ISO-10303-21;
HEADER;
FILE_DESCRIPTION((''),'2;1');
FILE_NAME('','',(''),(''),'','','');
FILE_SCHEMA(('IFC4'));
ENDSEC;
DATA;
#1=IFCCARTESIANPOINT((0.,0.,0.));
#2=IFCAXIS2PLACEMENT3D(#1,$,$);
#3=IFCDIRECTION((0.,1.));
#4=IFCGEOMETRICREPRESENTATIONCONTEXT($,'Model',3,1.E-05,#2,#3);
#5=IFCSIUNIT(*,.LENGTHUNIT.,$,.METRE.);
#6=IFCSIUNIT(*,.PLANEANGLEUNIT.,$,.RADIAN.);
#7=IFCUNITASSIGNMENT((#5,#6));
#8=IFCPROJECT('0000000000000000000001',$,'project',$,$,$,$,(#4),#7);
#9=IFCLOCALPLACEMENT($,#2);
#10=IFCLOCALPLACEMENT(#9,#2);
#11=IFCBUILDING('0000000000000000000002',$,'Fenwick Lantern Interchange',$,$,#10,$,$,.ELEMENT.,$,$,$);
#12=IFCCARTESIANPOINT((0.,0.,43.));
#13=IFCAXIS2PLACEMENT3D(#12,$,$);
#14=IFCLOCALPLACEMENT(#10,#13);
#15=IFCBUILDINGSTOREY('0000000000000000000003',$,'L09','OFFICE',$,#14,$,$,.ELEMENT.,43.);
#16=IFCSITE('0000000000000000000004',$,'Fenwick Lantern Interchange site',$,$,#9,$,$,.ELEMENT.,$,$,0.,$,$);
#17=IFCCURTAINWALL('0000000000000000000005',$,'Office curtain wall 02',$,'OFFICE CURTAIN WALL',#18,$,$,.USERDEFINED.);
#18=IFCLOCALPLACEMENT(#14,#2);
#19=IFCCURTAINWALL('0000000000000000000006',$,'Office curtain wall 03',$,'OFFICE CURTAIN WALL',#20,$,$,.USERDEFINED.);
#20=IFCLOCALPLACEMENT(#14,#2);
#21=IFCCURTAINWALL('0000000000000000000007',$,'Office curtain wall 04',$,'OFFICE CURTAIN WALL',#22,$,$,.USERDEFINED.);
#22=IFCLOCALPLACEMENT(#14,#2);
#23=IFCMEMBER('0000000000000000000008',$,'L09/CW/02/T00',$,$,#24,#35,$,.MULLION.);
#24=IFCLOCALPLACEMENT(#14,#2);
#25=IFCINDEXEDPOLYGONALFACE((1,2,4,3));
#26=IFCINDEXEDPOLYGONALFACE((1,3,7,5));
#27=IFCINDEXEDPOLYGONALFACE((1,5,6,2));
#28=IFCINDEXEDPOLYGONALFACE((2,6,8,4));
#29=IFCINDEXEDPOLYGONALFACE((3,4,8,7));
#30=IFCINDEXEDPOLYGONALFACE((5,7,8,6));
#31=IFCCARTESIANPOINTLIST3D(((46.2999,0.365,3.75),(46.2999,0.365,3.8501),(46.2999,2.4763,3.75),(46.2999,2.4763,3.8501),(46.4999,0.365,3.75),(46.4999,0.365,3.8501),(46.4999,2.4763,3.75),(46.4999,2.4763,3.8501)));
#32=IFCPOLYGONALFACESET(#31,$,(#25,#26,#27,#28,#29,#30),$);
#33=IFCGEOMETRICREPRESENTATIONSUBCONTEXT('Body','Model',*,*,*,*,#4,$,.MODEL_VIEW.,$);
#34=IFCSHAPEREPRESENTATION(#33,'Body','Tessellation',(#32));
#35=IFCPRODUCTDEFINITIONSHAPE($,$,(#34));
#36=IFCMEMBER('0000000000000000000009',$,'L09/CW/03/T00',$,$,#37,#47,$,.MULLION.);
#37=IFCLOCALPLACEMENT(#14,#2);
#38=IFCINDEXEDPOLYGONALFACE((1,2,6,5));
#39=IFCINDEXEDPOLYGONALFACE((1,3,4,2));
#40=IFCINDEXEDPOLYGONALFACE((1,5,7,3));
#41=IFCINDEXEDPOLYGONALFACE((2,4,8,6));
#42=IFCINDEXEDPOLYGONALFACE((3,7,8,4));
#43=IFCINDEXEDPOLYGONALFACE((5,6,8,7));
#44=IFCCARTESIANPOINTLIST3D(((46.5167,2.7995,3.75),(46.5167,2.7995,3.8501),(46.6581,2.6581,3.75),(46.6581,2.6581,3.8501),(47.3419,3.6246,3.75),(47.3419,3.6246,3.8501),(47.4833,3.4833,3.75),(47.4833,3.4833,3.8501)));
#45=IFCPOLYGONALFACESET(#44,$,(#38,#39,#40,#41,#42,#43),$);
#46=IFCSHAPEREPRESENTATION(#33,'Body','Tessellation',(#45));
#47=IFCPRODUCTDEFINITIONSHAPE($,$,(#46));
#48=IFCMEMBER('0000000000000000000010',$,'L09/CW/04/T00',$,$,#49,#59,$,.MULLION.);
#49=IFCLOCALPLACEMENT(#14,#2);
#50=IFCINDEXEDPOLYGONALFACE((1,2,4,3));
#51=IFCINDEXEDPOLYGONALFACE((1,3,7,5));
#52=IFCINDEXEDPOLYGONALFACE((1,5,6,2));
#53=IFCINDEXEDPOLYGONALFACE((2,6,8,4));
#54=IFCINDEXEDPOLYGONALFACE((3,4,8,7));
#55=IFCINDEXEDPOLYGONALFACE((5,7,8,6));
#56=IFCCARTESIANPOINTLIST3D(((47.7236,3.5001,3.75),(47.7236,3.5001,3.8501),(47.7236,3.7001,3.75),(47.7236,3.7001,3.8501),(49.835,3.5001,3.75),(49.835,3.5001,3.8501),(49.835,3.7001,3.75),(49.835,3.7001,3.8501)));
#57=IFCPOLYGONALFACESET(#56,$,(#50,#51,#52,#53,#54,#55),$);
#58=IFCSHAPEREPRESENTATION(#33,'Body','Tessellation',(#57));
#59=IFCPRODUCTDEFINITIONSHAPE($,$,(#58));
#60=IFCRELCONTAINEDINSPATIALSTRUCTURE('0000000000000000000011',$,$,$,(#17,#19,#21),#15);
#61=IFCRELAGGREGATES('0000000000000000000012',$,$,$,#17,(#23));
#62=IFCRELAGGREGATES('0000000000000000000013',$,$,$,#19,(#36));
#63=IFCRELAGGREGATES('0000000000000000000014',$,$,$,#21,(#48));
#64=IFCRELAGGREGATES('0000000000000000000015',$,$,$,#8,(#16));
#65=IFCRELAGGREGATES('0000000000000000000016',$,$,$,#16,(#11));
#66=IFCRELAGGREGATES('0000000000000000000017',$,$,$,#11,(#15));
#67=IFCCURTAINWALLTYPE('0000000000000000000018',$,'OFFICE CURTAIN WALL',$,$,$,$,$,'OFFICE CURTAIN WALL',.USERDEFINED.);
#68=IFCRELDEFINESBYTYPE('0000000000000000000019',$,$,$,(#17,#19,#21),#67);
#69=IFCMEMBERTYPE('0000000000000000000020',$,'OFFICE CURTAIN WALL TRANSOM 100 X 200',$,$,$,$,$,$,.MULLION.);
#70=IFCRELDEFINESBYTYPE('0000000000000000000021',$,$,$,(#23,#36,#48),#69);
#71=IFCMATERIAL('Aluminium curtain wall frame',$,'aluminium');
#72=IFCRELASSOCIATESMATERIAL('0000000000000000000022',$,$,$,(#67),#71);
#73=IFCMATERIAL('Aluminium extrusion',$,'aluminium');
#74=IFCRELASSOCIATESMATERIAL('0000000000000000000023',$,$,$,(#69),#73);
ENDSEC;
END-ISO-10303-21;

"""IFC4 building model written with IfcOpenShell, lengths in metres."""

from ifc_helpers import new_model, si_unit, direction, frame, origin, origin_2d, place, context, subcontext, project, spatial, rectangle, extrude, material, material_profile, profile_set, type_object, element, aggregate, save


model = new_model("IFC4")

# Units and contexts
model_context = context("Model", 3, precision=1e-05, world=origin(), true_north=direction((0.0, 1.0)))
body_context = subcontext(model_context, "Body", "Model", "MODEL_VIEW")
ifc_project = project(units=[si_unit("LENGTHUNIT", "METRE"), si_unit("PLANEANGLEUNIT", "RADIAN")], contexts=[model_context])

# Site, building, storey
site_placement = place(None, origin())
site = spatial("IfcSite", under=ifc_project, at=site_placement, Name="Fenwick Lantern Interchange site", CompositionType="ELEMENT", RefElevation=0.0)
building_placement = place(site_placement, origin())
building = spatial("IfcBuilding", under=site, at=building_placement, Name="Fenwick Lantern Interchange", CompositionType="ELEMENT")
storey_placement = place(building_placement, frame((0.0, 0.0, 43.0)))
storey = spatial("IfcBuildingStorey", under=building, at=storey_placement, Name="L09", Description="OFFICE", CompositionType="ELEMENT", Elevation=43.0)

# Curtain walls
ifc_material_1 = material(Name="Aluminium curtain wall frame", Category="aluminium")
curtain_wall_type = type_object("IfcCurtainWallType", Name="OFFICE CURTAIN WALL", ElementType="OFFICE CURTAIN WALL", PredefinedType="USERDEFINED", material=ifc_material_1)
ifc_material_2 = material(Name="Aluminium extrusion", Category="aluminium")
curtain_wall_1_placement = place(storey_placement, origin())
curtain_wall_1 = element("IfcCurtainWall", 1, at=curtain_wall_1_placement, inside=storey, type_object=curtain_wall_type, Name="Office curtain wall 02", ObjectType="OFFICE CURTAIN WALL", PredefinedType="USERDEFINED")
curtain_wall_2_placement = place(storey_placement, origin())
curtain_wall_2 = element("IfcCurtainWall", 2, at=curtain_wall_2_placement, inside=storey, type_object=curtain_wall_type, Name="Office curtain wall 03", ObjectType="OFFICE CURTAIN WALL", PredefinedType="USERDEFINED")
curtain_wall_3_placement = place(storey_placement, origin())
curtain_wall_3 = element("IfcCurtainWall", 3, at=curtain_wall_3_placement, inside=storey, type_object=curtain_wall_type, Name="Office curtain wall 04", ObjectType="OFFICE CURTAIN WALL", PredefinedType="USERDEFINED")

# Members
ifc_material_profile_1 = material_profile(ifc_material_2, rectangle(XDim=0.2, YDim=0.1001, at=origin_2d()), Name="OFFICE CURTAIN WALL TRANSOM 100 X 200")
ifc_profile_set_1 = profile_set([ifc_material_profile_1], Name="Aluminium extrusion")
member_type_1 = type_object("IfcMemberType", Name="OFFICE CURTAIN WALL TRANSOM 100 X 200", PredefinedType="MULLION", material=ifc_profile_set_1)
member_1_placement = place(storey_placement, frame((46.3999, 0.365, 3.8), z_axis=(0.0, 1.0, 0.0), x_axis=(-1.0, 0.0, 0.0)))
member_1 = element("IfcMember", 4, at=member_1_placement, type_object=member_type_1, Name="L09/CW/02/T00", PredefinedType="MULLION", context=body_context, shape_type="SweptSolid", body=[
    extrude(rectangle(XDim=0.2, YDim=0.1001, at=origin_2d()), origin(), (0.0, 0.0, 1.0), 2.1113),
])
aggregate(curtain_wall_1, [member_1])
member_2_placement = place(storey_placement, frame((46.5874, 2.7288, 3.8), z_axis=(0.707107, 0.707107, 0.0), x_axis=(-0.707107, 0.707107, 0.0)))
member_2 = element("IfcMember", 5, at=member_2_placement, type_object=member_type_1, Name="L09/CW/03/T00", PredefinedType="MULLION", context=body_context, shape_type="SweptSolid", body=[
    extrude(rectangle(XDim=0.2, YDim=0.1001, at=origin_2d()), origin(), (0.0, 0.0, 1.0), 1.167),
])
aggregate(curtain_wall_2, [member_2])
member_3_placement = place(storey_placement, frame((47.7236, 3.6001, 3.8), z_axis=(1.0, 0.0, 0.0), x_axis=(0.0, 1.0, 0.0)))
member_3 = element("IfcMember", 6, at=member_3_placement, type_object=member_type_1, Name="L09/CW/04/T00", PredefinedType="MULLION", context=body_context, shape_type="SweptSolid", body=[
    extrude(rectangle(XDim=0.2, YDim=0.1001, at=origin_2d()), origin(), (0.0, 0.0, 1.0), 2.1113),
])
aggregate(curtain_wall_3, [member_3])

save(model, "model.ifc")
